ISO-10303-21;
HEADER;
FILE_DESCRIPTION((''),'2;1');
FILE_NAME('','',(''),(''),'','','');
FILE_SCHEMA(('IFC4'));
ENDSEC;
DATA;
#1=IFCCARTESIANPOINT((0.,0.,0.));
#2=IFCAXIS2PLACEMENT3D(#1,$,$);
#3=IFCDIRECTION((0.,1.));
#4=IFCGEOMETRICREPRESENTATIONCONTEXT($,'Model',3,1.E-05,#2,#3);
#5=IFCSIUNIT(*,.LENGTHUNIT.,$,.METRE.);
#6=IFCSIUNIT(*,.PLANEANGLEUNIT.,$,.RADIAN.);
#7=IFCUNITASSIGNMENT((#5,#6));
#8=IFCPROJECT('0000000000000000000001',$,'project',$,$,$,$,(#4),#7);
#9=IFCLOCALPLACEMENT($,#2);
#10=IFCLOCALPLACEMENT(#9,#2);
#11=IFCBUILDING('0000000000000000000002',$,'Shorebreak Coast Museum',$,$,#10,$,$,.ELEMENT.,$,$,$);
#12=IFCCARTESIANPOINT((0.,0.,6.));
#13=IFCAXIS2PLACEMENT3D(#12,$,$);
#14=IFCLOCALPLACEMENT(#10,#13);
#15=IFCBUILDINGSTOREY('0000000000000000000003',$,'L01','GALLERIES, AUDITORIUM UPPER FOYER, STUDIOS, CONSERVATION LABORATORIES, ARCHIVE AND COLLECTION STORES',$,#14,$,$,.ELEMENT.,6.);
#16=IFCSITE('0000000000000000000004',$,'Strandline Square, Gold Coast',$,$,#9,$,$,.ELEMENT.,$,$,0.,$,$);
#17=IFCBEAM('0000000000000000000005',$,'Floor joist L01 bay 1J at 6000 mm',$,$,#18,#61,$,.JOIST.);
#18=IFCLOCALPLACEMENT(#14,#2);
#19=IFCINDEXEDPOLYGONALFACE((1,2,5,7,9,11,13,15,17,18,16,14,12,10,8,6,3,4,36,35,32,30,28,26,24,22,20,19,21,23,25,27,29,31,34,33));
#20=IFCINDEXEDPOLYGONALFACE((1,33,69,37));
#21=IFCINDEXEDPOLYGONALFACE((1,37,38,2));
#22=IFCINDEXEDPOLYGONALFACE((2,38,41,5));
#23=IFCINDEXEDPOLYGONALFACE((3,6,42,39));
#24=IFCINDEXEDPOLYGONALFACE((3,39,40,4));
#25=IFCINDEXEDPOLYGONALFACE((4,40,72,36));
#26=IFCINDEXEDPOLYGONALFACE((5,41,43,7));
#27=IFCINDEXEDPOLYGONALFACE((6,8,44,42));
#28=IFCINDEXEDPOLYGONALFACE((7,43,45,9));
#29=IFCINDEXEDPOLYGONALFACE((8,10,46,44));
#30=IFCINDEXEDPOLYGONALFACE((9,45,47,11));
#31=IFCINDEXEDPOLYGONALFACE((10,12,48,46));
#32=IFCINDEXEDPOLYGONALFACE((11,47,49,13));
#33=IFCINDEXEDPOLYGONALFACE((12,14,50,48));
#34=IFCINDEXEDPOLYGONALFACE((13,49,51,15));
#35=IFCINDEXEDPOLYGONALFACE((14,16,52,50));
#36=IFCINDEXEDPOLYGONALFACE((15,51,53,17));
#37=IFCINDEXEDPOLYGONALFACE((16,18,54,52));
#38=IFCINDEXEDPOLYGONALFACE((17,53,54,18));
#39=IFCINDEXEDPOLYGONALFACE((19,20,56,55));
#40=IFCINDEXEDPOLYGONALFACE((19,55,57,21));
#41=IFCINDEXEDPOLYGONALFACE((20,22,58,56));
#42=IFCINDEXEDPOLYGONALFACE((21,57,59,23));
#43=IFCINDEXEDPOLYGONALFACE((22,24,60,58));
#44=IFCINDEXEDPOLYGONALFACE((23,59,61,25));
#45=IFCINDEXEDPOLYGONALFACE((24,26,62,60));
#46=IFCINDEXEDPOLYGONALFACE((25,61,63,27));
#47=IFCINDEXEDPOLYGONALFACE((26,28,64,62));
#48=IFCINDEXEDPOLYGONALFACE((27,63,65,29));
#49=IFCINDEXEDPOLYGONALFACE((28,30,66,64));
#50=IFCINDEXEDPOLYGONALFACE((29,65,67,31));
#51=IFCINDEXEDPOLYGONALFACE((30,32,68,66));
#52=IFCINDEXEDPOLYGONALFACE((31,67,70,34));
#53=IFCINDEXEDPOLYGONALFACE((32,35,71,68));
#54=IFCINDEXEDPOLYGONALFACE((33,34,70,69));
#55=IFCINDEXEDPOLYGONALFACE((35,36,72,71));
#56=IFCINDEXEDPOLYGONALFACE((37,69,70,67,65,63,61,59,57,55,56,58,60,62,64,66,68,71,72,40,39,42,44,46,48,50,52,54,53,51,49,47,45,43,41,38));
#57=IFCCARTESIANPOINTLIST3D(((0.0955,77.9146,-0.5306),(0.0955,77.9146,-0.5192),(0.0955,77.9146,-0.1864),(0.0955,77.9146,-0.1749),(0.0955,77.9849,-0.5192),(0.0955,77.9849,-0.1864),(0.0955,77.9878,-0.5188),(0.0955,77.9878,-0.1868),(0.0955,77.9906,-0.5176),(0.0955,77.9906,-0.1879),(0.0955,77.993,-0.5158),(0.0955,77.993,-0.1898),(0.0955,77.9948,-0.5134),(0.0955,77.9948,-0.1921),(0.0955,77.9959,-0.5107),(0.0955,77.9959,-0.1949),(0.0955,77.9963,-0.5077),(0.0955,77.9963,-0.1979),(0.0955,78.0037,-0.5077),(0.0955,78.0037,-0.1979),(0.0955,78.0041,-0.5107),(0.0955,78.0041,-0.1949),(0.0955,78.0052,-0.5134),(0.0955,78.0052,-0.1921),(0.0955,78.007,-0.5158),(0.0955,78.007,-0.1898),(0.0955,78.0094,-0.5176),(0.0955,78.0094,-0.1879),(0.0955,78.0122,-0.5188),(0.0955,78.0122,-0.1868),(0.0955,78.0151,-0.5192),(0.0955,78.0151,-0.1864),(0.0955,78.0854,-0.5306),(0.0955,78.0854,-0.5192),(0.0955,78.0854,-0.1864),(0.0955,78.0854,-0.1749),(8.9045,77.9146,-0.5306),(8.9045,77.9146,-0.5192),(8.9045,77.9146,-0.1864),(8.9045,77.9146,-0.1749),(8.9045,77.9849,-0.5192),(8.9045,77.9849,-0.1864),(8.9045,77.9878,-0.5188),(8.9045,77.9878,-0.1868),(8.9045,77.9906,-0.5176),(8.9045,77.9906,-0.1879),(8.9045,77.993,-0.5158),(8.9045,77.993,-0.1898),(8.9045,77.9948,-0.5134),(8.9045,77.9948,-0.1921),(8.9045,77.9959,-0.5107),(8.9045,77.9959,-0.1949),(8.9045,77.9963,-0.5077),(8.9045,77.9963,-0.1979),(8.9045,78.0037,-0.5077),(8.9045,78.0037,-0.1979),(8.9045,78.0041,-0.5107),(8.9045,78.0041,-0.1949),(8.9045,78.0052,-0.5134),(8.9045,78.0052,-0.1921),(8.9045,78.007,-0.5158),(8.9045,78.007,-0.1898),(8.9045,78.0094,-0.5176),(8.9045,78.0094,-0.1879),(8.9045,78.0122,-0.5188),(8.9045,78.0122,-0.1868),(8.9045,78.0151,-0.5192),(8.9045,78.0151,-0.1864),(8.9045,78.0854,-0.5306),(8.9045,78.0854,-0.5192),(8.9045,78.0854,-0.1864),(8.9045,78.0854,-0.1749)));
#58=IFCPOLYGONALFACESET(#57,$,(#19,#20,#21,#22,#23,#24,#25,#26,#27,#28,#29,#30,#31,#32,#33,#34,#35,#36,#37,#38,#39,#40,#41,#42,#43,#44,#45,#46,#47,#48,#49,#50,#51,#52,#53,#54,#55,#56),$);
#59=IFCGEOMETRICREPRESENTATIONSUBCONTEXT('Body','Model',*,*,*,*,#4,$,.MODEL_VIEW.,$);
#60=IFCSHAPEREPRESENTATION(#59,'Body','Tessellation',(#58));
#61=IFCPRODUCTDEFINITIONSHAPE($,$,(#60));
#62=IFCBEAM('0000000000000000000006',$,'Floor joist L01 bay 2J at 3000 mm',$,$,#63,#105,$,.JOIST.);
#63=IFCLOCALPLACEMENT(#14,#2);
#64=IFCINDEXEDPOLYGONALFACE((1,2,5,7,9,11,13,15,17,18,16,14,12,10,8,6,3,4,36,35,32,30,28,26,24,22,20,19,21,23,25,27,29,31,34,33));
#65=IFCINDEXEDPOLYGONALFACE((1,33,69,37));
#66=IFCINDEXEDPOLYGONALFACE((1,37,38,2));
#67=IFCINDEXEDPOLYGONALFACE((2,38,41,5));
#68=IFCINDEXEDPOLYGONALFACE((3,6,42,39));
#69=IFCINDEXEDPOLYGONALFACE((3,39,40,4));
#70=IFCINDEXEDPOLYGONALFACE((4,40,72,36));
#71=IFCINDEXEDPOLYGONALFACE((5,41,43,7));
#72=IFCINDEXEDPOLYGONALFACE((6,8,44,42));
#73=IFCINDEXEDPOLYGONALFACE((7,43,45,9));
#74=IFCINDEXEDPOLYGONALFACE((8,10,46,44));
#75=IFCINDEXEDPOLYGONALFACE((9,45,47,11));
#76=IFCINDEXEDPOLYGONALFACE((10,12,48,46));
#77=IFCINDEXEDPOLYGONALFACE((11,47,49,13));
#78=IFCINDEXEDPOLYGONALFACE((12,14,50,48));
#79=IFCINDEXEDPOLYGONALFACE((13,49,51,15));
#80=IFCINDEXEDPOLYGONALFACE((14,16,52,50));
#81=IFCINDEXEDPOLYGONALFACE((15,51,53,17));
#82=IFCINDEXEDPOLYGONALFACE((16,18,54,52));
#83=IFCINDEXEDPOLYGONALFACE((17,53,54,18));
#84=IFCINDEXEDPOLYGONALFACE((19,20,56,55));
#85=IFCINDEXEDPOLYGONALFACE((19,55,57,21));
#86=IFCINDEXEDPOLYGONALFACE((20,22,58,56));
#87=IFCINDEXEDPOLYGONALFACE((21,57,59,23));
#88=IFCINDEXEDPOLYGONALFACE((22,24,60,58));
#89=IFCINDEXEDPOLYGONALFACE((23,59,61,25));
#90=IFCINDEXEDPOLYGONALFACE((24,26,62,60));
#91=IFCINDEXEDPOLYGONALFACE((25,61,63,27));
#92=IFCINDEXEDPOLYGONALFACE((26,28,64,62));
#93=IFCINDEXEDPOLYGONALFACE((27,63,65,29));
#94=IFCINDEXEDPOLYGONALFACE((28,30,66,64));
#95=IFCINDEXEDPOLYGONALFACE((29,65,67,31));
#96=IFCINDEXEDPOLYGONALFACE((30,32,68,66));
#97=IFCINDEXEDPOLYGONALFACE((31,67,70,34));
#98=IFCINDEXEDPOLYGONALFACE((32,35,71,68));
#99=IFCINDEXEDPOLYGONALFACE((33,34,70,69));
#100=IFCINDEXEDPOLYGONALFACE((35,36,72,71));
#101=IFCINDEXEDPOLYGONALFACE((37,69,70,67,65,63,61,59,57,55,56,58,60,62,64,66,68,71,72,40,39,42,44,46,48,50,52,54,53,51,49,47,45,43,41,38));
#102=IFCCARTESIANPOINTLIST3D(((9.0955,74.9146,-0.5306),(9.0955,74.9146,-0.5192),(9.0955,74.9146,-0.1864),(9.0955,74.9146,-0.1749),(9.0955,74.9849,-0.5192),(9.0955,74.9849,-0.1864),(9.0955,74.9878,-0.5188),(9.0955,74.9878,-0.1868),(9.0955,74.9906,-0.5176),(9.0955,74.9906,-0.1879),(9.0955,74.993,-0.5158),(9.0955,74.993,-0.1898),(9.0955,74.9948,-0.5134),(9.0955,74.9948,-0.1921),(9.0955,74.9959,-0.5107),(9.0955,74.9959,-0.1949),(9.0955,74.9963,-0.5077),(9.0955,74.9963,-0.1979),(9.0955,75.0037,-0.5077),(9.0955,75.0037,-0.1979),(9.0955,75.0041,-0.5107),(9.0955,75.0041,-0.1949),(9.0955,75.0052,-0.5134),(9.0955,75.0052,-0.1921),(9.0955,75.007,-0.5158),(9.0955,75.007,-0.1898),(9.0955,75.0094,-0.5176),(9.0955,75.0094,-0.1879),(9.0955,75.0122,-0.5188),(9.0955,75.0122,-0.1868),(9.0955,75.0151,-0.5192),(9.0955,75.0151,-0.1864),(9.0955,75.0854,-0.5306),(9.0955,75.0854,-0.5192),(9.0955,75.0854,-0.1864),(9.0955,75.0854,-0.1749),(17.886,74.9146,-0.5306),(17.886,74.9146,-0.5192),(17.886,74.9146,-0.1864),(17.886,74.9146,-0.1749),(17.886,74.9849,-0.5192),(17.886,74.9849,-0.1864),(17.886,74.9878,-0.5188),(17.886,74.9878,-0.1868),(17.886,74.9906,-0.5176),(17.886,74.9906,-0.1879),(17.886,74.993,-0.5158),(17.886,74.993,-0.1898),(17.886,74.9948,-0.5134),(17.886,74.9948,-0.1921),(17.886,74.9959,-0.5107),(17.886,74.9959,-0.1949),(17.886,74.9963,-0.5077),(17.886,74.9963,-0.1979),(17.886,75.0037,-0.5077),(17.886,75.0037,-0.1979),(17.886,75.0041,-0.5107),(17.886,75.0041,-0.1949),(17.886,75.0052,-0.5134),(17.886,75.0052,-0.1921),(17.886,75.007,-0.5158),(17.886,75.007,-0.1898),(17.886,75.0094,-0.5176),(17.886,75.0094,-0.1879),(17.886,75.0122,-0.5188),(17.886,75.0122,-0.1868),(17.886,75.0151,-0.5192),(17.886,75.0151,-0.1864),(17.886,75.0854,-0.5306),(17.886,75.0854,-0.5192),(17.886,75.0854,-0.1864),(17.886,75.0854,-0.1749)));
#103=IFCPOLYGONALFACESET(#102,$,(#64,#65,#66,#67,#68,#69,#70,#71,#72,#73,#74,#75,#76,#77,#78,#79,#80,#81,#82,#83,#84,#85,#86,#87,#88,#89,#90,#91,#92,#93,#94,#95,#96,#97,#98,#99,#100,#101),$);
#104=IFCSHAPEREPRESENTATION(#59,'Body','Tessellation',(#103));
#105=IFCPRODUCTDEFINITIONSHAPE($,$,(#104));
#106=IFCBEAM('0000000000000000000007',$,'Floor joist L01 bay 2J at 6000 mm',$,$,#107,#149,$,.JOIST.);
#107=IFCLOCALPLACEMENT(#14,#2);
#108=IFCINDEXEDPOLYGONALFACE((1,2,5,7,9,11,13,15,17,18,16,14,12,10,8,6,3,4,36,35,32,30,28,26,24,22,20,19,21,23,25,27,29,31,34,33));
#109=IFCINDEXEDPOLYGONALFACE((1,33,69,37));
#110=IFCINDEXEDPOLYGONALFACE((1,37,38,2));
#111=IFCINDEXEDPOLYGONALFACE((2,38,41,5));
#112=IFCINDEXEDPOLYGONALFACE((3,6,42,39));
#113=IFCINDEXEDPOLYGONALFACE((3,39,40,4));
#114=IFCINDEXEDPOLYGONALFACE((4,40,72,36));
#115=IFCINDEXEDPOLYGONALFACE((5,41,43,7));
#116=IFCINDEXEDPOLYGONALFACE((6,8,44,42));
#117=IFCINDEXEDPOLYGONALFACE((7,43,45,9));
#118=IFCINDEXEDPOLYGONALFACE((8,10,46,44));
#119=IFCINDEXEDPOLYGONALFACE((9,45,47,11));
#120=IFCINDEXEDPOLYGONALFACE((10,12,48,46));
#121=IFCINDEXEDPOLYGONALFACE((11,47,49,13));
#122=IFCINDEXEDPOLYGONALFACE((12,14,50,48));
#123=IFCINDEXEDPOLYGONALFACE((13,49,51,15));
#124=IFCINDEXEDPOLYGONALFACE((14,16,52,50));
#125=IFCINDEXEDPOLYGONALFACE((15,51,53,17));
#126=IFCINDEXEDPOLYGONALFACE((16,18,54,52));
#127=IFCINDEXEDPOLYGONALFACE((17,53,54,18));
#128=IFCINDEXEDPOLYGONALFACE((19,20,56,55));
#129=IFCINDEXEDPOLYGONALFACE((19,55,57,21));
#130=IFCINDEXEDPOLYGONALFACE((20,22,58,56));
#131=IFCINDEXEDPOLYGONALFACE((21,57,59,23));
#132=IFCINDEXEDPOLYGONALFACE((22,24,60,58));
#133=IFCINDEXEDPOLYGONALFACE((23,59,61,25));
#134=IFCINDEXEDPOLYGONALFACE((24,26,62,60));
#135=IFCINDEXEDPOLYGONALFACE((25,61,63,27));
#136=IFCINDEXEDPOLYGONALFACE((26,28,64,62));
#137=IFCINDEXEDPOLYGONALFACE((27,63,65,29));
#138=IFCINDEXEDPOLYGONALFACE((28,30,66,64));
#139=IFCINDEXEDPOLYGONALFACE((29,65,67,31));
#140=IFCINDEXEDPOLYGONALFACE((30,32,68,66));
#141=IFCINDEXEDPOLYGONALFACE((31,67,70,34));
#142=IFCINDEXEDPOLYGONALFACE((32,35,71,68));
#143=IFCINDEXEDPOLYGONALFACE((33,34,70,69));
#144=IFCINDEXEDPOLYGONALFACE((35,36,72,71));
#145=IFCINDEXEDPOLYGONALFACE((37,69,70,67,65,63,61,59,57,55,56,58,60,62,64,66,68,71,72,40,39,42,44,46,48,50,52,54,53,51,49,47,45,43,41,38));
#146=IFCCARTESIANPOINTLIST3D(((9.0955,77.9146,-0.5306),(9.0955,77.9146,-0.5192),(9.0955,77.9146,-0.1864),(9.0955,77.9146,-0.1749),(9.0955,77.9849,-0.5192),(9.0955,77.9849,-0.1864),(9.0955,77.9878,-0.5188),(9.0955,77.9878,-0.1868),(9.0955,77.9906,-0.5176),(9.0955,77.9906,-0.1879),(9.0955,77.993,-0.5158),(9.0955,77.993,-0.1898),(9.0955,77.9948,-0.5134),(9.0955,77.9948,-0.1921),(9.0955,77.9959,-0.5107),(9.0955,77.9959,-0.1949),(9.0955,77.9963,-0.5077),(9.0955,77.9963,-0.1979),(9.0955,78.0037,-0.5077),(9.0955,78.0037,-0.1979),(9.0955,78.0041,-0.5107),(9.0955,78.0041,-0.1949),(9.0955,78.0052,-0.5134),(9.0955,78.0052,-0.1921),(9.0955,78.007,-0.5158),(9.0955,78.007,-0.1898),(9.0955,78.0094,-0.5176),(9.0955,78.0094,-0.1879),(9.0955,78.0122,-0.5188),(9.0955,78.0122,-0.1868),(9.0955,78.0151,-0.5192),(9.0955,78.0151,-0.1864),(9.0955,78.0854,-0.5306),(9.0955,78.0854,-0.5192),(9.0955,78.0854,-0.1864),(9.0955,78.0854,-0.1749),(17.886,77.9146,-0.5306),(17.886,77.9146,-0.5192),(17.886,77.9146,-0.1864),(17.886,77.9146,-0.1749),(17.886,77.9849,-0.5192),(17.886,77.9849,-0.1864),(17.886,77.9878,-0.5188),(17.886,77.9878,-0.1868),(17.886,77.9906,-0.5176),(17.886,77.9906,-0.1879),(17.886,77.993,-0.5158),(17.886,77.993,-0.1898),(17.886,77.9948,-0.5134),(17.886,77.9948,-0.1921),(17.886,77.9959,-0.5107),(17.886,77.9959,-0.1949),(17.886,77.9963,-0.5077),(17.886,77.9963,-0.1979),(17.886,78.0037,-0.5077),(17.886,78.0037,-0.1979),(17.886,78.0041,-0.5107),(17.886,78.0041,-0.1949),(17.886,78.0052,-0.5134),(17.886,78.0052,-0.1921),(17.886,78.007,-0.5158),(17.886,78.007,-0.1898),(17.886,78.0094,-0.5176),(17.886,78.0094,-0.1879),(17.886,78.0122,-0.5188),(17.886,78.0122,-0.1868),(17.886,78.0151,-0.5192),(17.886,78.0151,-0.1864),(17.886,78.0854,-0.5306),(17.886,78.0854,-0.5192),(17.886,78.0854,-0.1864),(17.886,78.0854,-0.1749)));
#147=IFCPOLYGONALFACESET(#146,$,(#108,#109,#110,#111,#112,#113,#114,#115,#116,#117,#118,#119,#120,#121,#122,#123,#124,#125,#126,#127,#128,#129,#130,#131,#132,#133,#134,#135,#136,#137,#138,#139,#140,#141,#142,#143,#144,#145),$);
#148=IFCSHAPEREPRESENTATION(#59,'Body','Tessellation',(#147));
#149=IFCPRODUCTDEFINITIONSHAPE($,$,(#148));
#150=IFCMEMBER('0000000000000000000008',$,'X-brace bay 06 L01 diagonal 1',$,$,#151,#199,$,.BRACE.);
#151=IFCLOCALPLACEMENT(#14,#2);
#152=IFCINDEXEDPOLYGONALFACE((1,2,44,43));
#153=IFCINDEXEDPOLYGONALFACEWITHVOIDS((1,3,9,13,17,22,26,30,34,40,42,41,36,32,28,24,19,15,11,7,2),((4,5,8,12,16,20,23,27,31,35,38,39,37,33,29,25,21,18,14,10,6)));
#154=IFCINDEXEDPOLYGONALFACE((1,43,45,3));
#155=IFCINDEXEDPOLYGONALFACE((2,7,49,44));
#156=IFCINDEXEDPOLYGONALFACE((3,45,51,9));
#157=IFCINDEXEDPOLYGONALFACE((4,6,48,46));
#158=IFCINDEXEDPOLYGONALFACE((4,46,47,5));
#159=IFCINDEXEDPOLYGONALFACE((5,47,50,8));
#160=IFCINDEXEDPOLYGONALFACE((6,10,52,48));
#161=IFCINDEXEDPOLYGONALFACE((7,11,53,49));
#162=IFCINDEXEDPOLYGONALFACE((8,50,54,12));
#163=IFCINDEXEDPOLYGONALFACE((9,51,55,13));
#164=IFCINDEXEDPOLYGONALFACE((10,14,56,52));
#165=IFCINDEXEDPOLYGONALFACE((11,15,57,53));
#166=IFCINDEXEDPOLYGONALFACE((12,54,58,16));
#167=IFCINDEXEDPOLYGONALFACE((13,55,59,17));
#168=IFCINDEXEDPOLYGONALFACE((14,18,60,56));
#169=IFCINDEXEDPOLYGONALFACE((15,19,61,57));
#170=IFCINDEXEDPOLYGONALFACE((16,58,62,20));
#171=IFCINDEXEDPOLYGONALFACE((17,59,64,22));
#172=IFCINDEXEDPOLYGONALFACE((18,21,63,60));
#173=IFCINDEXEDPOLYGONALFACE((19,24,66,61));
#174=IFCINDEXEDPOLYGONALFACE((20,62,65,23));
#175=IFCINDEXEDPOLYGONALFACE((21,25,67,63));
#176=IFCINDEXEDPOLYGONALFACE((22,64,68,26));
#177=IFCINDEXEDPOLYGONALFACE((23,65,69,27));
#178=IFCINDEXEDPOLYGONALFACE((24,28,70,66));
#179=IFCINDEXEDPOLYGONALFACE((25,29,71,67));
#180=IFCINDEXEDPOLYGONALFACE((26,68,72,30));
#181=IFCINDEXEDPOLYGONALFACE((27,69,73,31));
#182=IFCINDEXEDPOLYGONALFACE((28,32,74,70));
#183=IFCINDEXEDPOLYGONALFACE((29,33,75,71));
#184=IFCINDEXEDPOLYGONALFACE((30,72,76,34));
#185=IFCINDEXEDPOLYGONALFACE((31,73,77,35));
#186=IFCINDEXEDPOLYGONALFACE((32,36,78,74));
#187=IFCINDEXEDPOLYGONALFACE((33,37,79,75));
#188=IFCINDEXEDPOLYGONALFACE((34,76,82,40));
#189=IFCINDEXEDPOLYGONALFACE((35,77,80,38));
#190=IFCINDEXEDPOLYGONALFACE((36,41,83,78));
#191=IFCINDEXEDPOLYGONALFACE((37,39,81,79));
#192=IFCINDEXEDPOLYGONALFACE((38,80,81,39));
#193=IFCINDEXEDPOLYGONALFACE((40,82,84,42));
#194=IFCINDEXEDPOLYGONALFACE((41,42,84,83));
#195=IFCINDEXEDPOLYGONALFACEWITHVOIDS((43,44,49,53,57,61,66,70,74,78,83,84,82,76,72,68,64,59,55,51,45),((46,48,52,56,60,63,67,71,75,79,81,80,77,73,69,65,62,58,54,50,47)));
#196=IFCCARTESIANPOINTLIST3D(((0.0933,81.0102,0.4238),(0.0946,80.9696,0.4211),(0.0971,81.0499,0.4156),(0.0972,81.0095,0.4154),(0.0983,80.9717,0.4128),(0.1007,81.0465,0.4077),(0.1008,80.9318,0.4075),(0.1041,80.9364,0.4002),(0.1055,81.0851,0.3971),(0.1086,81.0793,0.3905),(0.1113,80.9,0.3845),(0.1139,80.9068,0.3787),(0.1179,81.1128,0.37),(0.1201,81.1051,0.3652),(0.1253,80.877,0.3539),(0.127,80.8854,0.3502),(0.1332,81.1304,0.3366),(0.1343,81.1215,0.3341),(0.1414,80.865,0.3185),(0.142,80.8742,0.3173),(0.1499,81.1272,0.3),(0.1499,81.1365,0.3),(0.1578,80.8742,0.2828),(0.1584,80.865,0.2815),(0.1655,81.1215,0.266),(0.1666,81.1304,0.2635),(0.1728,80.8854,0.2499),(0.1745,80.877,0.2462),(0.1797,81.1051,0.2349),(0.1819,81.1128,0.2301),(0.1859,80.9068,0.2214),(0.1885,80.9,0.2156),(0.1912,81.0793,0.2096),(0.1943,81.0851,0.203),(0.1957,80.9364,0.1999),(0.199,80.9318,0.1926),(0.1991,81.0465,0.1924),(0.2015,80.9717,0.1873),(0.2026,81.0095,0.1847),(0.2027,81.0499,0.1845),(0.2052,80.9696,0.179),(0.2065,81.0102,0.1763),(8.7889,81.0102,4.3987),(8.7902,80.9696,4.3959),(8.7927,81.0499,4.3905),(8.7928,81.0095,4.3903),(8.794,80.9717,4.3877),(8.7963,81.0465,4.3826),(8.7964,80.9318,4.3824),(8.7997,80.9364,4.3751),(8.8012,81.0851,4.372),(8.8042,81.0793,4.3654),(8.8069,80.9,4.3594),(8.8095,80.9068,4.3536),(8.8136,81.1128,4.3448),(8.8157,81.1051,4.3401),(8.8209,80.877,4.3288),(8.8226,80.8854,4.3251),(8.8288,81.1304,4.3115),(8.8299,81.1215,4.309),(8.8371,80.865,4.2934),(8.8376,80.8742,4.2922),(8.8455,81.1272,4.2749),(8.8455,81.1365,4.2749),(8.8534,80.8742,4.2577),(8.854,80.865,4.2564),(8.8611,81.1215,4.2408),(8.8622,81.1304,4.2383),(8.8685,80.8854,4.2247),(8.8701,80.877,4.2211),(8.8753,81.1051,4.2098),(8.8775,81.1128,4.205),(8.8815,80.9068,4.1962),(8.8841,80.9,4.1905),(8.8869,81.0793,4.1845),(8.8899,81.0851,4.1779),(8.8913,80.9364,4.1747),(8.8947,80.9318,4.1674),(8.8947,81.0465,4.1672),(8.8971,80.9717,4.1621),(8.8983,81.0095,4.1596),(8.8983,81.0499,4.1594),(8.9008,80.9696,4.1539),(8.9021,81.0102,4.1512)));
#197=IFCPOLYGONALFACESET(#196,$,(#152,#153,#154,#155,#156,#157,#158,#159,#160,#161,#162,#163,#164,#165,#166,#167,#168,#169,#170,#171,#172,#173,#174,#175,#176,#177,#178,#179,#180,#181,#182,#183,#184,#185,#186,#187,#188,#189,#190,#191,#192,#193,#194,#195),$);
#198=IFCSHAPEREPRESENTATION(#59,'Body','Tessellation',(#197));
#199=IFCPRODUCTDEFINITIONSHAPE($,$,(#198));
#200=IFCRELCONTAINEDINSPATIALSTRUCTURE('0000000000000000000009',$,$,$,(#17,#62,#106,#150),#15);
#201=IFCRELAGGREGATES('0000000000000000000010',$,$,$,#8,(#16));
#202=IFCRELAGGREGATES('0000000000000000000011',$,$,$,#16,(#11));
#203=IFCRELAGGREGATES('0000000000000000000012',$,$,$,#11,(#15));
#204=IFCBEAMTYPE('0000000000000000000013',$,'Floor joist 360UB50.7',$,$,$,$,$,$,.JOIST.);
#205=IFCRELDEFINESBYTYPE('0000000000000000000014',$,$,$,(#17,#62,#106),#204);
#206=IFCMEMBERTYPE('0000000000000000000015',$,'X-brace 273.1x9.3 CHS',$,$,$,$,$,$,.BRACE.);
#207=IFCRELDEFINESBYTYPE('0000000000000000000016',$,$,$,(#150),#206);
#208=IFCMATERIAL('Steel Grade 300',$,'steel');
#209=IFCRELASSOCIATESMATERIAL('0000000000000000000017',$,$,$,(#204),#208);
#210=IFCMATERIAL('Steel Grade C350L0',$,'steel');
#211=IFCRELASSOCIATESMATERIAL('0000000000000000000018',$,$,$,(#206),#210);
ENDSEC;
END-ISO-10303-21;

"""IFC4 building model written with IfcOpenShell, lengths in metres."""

from ifc_helpers import new_model, si_unit, direction, frame, origin, origin_2d, place, context, subcontext, project, spatial, hollow_circle, i_section, extrude, material, material_profile, profile_set, type_object, element, save


model = new_model("IFC4")

# Units and contexts
model_context = context("Model", 3, precision=1e-05, world=origin(), true_north=direction((0.0, 1.0)))
body_context = subcontext(model_context, "Body", "Model", "MODEL_VIEW")
ifc_project = project(units=[si_unit("LENGTHUNIT", "METRE"), si_unit("PLANEANGLEUNIT", "RADIAN")], contexts=[model_context])

# Site, building, storey
site_placement = place(None, origin())
site = spatial("IfcSite", under=ifc_project, at=site_placement, Name="Strandline Square, Gold Coast", CompositionType="ELEMENT", RefElevation=0.0)
building_placement = place(site_placement, origin())
building = spatial("IfcBuilding", under=site, at=building_placement, Name="Shorebreak Coast Museum", CompositionType="ELEMENT")
storey_placement = place(building_placement, frame((0.0, 0.0, 6.0)))
storey = spatial("IfcBuildingStorey", under=building, at=storey_placement, Name="L01", Description="GALLERIES, AUDITORIUM UPPER FOYER, STUDIOS, CONSERVATION LABORATORIES, ARCHIVE AND COLLECTION STORES", CompositionType="ELEMENT", Elevation=6.0)

# Beams
ifc_material_1 = material(Name="Steel Grade 300", Category="steel")
ifc_material_profile_1 = material_profile(ifc_material_1, i_section(OverallWidth=0.1709, OverallDepth=0.3557, WebThickness=0.0073, FlangeThickness=0.0115, FilletRadius=0.0115, at=origin_2d()), Name="360UB50.7")
ifc_profile_set_1 = profile_set([ifc_material_profile_1], Name="Steel Grade 300")
beam_type_1 = type_object("IfcBeamType", Name="Floor joist 360UB50.7", PredefinedType="JOIST", material=ifc_profile_set_1)
for number, where, z_axis, x_axis, name in (
    (1, (0.0955, 78.0, -0.3528), (1.0, 0.0, 0.0), (0.0, 1.0, 0.0), "Floor joist L01 bay 1J at 6000 mm"),
):
    element("IfcBeam", number, at=place(storey_placement, frame(where, z_axis=z_axis, x_axis=x_axis)), inside=storey, type_object=beam_type_1, Name=name, PredefinedType="JOIST", context=body_context, shape_type="SweptSolid", body=[
        extrude(i_section(OverallWidth=0.1709, OverallDepth=0.3557, WebThickness=0.0073, FlangeThickness=0.0115, FilletRadius=0.0115, at=origin_2d()), origin(), (0.0, 0.0, 1.0), 8.8091),
    ])
for number, where, z_axis, x_axis, name in (
    (2, (9.0955, 75.0, -0.3528), (1.0, 0.0, 0.0), (0.0, 1.0, 0.0), "Floor joist L01 bay 2J at 3000 mm"),
    (3, (9.0955, 78.0, -0.3528), (1.0, 0.0, 0.0), (0.0, 1.0, 0.0), "Floor joist L01 bay 2J at 6000 mm"),
):
    element("IfcBeam", number, at=place(storey_placement, frame(where, z_axis=z_axis, x_axis=x_axis)), inside=storey, type_object=beam_type_1, Name=name, PredefinedType="JOIST", context=body_context, shape_type="SweptSolid", body=[
        extrude(i_section(OverallWidth=0.1709, OverallDepth=0.3557, WebThickness=0.0073, FlangeThickness=0.0115, FilletRadius=0.0115, at=origin_2d()), origin(), (0.0, 0.0, 1.0), 8.7905),
    ])

# Member
ifc_material_2 = material(Name="Steel Grade C350L0", Category="steel")
ifc_material_profile_2 = material_profile(ifc_material_2, hollow_circle(Radius=0.1365, WallThickness=0.0093, at=origin_2d()), Name="273.1x9.3 CHS")
ifc_profile_set_2 = profile_set([ifc_material_profile_2], Name="Steel Grade C350L0")
member_type = type_object("IfcMemberType", Name="X-brace 273.1x9.3 CHS", PredefinedType="BRACE", material=ifc_profile_set_2)
for number, where, z_axis, x_axis, name in (
    (4, (0.1499, 81.0, 0.3), (0.909485, 0.0, 0.415737), (0.0, 1.0, 0.0), "X-brace bay 06 L01 diagonal 1"),
):
    element("IfcMember", number, at=place(storey_placement, frame(where, z_axis=z_axis, x_axis=x_axis)), inside=storey, type_object=member_type, Name=name, PredefinedType="BRACE", context=body_context, shape_type="SweptSolid", body=[
        extrude(hollow_circle(Radius=0.1365, WallThickness=0.0093, at=origin_2d()), origin(), (0.0, 0.0, 1.0), 9.561),
    ])

save(model, "model.ifc")
